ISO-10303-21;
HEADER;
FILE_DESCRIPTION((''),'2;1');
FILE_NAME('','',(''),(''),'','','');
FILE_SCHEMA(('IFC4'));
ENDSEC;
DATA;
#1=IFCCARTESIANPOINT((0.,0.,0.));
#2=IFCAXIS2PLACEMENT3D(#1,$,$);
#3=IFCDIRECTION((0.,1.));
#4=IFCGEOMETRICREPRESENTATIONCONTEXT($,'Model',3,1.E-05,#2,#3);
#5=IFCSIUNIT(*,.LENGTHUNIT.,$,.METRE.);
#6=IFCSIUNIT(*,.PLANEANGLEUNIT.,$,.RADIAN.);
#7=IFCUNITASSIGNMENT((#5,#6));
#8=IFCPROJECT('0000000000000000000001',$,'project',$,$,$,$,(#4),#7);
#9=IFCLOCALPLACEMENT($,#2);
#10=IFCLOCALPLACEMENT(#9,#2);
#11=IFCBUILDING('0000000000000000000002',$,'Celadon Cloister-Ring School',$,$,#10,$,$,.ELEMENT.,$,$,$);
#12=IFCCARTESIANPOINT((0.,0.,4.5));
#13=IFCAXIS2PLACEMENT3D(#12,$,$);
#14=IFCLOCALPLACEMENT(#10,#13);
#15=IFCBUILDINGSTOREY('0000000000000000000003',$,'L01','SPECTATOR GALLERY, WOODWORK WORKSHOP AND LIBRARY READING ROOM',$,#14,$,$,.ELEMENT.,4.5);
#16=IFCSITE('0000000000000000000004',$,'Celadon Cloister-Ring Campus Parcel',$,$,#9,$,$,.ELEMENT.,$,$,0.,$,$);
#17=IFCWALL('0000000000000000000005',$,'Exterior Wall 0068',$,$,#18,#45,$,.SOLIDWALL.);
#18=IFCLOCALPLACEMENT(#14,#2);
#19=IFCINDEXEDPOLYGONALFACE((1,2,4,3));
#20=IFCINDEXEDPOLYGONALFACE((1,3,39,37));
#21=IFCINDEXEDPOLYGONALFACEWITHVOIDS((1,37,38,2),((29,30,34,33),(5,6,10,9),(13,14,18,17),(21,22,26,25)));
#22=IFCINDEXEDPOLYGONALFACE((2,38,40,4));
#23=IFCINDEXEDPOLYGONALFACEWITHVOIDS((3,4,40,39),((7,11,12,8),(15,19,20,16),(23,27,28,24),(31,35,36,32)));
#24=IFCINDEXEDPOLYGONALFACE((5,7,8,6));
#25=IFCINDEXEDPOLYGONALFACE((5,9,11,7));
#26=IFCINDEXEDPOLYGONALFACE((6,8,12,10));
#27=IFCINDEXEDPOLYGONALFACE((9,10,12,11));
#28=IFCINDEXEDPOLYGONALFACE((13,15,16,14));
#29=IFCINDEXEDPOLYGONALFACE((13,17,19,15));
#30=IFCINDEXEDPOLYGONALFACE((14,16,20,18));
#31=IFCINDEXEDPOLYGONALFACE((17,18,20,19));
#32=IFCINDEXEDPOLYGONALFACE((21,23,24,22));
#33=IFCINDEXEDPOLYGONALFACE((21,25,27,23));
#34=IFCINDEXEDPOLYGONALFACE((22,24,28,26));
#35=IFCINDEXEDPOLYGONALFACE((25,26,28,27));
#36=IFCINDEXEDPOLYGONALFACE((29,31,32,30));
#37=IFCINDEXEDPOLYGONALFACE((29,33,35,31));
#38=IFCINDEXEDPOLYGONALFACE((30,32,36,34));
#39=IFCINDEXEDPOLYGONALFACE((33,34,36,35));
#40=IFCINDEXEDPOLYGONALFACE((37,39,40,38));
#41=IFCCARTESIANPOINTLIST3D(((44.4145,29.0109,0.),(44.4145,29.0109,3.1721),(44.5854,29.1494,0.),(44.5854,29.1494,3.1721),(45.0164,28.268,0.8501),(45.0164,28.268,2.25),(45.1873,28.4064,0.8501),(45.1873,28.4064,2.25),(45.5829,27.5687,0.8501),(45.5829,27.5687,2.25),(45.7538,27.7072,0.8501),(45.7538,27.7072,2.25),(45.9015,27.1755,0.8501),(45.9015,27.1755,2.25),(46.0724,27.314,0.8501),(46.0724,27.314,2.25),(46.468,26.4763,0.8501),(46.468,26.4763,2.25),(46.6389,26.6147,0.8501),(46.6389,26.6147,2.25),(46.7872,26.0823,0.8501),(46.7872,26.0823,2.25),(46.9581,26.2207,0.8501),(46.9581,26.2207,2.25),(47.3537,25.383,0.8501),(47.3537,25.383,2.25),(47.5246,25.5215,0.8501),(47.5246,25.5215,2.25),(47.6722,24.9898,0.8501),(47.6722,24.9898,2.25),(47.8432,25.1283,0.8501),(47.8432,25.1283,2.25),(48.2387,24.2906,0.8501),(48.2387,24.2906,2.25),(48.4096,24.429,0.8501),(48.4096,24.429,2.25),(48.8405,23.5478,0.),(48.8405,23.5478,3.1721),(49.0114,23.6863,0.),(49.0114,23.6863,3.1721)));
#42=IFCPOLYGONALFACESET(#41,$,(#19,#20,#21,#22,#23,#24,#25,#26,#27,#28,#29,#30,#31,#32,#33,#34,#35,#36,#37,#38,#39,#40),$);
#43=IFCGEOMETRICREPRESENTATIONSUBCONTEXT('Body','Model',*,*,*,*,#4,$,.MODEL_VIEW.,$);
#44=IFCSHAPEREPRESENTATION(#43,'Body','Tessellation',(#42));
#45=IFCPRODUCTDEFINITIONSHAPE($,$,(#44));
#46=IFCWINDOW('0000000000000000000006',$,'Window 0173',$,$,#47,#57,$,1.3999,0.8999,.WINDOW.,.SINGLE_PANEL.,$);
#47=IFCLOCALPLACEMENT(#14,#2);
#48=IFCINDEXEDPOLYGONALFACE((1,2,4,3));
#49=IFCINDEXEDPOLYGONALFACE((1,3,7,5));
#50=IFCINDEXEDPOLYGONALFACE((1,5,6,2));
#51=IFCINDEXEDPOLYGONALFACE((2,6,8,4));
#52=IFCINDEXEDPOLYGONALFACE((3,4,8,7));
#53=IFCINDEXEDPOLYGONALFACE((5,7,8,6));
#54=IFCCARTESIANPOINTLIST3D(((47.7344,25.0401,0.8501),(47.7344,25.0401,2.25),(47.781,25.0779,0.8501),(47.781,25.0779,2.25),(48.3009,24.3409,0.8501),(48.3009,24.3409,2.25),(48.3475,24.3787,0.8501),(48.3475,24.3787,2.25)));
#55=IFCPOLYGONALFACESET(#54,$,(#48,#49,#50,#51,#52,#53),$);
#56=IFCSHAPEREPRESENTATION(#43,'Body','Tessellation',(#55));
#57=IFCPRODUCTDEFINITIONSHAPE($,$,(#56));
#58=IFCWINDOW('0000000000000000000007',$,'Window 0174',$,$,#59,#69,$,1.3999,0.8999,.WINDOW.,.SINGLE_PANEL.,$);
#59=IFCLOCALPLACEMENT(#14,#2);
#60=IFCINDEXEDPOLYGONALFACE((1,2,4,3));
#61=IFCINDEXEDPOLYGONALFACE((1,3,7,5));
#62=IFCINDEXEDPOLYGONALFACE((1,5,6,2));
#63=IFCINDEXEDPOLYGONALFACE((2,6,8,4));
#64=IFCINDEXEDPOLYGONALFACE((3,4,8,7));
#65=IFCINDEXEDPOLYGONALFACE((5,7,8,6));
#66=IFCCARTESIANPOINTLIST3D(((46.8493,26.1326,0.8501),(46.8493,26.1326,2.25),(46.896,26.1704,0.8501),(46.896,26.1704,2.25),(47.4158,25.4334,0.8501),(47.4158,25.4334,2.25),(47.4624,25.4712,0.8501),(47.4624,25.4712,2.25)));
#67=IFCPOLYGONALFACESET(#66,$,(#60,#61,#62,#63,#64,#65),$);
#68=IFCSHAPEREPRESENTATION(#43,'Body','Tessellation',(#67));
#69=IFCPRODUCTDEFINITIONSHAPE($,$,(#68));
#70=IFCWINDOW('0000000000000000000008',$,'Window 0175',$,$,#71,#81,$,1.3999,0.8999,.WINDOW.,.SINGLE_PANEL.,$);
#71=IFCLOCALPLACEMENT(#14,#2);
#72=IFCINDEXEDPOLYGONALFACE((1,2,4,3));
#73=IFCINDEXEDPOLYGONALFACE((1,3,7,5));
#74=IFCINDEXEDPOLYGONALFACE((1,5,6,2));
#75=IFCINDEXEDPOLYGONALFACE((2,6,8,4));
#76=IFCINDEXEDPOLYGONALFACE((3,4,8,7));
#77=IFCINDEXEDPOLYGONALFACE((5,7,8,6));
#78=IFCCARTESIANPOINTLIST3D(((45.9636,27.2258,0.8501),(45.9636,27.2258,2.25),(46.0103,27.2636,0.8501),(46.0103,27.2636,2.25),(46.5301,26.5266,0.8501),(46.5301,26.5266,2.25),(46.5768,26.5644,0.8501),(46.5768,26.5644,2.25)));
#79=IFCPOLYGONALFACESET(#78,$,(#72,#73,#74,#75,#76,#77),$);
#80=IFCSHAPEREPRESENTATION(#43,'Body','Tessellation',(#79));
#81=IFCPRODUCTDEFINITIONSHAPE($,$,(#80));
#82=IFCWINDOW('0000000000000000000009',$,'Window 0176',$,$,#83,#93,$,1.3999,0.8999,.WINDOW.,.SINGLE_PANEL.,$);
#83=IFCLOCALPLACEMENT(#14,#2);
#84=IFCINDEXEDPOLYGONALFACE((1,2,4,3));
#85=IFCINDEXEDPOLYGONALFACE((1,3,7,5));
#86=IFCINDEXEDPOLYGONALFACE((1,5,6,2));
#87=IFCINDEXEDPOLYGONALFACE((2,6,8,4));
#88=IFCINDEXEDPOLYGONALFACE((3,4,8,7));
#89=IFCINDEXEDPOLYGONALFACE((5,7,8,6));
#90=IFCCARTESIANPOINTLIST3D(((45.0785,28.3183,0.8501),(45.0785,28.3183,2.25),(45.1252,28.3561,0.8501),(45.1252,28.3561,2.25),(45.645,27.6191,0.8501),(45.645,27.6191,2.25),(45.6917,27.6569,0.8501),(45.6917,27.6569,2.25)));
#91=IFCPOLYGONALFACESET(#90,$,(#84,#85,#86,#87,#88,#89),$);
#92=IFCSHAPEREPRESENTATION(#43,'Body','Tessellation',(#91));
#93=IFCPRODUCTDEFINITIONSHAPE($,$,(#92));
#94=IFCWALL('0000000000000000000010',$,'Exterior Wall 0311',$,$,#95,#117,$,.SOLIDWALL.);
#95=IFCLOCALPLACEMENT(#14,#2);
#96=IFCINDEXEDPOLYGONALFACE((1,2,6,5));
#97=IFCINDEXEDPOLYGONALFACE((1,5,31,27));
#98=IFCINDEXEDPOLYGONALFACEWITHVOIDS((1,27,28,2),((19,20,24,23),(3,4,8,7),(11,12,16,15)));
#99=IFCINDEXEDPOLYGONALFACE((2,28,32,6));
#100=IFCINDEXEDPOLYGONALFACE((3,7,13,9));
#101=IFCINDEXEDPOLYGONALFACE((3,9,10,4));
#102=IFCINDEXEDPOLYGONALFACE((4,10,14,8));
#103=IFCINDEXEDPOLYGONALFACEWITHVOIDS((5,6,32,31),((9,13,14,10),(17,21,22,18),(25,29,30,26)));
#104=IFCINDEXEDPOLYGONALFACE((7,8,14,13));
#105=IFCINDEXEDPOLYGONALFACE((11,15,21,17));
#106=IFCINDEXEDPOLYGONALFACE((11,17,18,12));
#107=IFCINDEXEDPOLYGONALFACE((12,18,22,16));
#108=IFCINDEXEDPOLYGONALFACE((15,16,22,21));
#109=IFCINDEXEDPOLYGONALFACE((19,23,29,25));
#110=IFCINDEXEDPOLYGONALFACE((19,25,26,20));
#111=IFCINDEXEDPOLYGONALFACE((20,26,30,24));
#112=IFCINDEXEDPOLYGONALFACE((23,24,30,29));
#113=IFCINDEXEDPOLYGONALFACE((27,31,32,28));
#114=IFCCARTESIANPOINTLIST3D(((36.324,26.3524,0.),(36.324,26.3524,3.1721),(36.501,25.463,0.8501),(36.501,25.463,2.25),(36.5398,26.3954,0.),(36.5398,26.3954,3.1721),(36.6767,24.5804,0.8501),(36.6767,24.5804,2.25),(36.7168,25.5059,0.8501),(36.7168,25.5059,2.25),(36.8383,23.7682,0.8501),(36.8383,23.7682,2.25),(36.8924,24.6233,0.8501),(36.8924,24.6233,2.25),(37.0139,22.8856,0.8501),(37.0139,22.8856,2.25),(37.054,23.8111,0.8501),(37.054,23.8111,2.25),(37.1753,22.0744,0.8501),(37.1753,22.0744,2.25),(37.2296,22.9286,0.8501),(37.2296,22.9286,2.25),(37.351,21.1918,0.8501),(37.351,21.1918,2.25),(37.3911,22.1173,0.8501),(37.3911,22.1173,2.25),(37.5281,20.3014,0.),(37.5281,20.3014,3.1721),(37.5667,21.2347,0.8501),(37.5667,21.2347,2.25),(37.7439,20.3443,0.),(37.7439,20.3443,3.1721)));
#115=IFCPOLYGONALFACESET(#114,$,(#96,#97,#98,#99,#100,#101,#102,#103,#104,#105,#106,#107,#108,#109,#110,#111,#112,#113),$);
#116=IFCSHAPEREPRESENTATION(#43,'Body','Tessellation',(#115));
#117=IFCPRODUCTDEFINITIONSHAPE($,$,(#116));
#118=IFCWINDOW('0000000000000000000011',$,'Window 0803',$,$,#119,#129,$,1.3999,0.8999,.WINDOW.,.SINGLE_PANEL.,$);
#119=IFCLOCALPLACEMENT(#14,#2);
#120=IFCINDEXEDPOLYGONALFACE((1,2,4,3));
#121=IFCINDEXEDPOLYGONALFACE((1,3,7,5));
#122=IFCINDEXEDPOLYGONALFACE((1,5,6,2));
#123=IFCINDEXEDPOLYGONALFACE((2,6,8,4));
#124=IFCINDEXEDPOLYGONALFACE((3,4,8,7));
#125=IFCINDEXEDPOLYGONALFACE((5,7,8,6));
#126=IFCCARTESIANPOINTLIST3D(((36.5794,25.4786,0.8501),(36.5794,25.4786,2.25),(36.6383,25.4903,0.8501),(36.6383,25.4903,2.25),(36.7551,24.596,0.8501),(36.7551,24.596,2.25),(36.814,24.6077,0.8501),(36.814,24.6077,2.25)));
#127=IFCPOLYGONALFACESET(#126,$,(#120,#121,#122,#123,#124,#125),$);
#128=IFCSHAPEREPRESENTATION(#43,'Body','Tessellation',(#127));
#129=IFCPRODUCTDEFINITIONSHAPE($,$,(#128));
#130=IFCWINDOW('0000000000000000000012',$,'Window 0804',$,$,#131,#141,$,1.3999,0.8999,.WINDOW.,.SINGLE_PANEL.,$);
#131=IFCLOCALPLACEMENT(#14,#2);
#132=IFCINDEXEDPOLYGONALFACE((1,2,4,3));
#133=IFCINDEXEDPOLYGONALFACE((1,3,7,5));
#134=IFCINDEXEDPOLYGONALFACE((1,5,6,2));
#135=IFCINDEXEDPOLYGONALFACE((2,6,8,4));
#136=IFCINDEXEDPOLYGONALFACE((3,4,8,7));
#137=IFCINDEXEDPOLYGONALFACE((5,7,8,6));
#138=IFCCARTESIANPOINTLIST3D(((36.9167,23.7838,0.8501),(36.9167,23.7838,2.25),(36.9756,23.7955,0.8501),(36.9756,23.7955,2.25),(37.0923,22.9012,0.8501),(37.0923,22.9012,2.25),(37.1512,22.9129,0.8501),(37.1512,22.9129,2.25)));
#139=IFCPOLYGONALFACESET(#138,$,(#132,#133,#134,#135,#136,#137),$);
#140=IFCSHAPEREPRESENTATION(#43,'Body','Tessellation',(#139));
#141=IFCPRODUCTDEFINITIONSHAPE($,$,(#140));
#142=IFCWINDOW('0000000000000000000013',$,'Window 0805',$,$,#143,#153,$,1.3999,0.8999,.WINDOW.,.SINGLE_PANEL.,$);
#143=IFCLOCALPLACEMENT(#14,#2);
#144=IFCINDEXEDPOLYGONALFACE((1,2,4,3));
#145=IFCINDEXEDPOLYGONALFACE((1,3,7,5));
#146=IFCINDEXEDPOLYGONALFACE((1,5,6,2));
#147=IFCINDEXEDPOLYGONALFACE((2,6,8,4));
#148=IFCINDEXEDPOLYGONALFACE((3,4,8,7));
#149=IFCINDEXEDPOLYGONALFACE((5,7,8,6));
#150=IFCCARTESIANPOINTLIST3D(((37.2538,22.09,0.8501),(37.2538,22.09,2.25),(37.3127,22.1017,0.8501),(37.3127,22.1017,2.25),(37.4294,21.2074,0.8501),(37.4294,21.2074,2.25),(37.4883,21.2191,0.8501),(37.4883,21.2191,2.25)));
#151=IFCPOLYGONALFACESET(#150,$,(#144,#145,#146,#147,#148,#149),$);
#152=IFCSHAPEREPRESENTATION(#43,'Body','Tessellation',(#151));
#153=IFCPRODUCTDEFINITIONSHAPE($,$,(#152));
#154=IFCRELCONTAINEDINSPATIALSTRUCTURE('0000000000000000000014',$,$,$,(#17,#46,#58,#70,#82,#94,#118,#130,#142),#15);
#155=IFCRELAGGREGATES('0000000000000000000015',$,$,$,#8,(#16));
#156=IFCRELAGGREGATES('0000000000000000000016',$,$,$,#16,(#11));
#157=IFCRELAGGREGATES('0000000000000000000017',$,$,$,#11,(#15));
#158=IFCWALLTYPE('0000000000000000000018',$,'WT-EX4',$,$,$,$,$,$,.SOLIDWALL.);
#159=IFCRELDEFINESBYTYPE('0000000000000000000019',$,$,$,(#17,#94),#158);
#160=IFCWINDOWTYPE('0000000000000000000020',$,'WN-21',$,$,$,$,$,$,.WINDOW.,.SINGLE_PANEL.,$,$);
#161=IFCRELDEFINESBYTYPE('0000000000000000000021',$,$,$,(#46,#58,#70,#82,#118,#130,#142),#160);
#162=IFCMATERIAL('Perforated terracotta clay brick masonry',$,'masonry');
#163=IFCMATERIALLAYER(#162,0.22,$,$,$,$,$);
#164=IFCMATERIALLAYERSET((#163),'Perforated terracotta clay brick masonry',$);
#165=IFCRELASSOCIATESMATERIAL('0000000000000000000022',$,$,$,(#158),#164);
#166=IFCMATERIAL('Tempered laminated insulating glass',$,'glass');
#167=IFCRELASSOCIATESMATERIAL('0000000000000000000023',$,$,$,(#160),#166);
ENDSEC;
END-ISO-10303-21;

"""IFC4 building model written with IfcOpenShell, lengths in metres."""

from ifc_helpers import new_model, si_unit, direction, frame, frame_2d, origin, place, context, subcontext, project, spatial, rectangle, extrude, material, layer, layer_set, type_object, element, fill, save


model = new_model("IFC4")

# Units and contexts
model_context = context("Model", 3, precision=1e-05, world=origin(), true_north=direction((0.0, 1.0)))
body_context = subcontext(model_context, "Body", "Model", "MODEL_VIEW")
ifc_project = project(units=[si_unit("LENGTHUNIT", "METRE"), si_unit("PLANEANGLEUNIT", "RADIAN")], contexts=[model_context])

# Site, building, storey
site_placement = place(None, origin())
site = spatial("IfcSite", under=ifc_project, at=site_placement, Name="Celadon Cloister-Ring Campus Parcel", CompositionType="ELEMENT", RefElevation=0.0)
building_placement = place(site_placement, origin())
building = spatial("IfcBuilding", under=site, at=building_placement, Name="Celadon Cloister-Ring School", CompositionType="ELEMENT")
storey_placement = place(building_placement, frame((0.0, 0.0, 4.5)))
storey = spatial("IfcBuildingStorey", under=building, at=storey_placement, Name="L01", Description="SPECTATOR GALLERY, WOODWORK WORKSHOP AND LIBRARY READING ROOM", CompositionType="ELEMENT", Elevation=4.5)

# Walls, openings, windows
ifc_material_1 = material(Name="Perforated terracotta clay brick masonry", Category="masonry")
ifc_layer_1 = layer(ifc_material_1, 0.22)
ifc_layer_set_1 = layer_set([ifc_layer_1], Name="Perforated terracotta clay brick masonry")
wall_type = type_object("IfcWallType", Name="WT-EX4", PredefinedType="SOLIDWALL", material=ifc_layer_set_1)
ifc_material_2 = material(Name="Tempered laminated insulating glass", Category="glass")
window_type = type_object("IfcWindowType", Name="WN-21", PartitioningType="SINGLE_PANEL", PredefinedType="WINDOW", material=ifc_material_2)
wall_1_placement = place(storey_placement, frame((48.926, 23.6169, 0.0), z_axis=(0.0, 0.0, 1.0), x_axis=(-0.629498, 0.777002, 0.0)))
wall_1 = element("IfcWall", 1, at=wall_1_placement, inside=storey, type_object=wall_type, Name="Exterior Wall 0068", PredefinedType="SOLIDWALL", context=body_context, shape_type="SweptSolid", body=[
    extrude(rectangle(XDim=7.031, YDim=0.22, at=frame_2d((3.5156, 0.0))), origin(), (0.0, 0.0, 1.0), 3.1721),
])
opening_1_placement = place(wall_1_placement, frame((0.9561, 0.0, 0.8501)))
opening_1 = element("IfcOpeningElement", 2, at=opening_1_placement, cuts=wall_1, PredefinedType="OPENING", context=body_context, shape_type="SweptSolid", body=[
    extrude(rectangle(XDim=0.8999, YDim=1.3999, at=frame_2d((0.45, 0.7))), frame((0.0, 0.1201, 0.0), z_axis=(0.0, -1.0, 0.0), x_axis=(1.0, 0.0, 0.0)), (0.0, 0.0, 1.0), 0.24),
])
opening_2_placement = place(wall_1_placement, frame((2.3621, 0.0, 0.8501)))
opening_2 = element("IfcOpeningElement", 3, at=opening_2_placement, cuts=wall_1, PredefinedType="OPENING", context=body_context, shape_type="SweptSolid", body=[
    extrude(rectangle(XDim=0.8999, YDim=1.3999, at=frame_2d((0.45, 0.7))), frame((0.0, 0.1201, 0.0), z_axis=(0.0, -1.0, 0.0), x_axis=(1.0, 0.0, 0.0)), (0.0, 0.0, 1.0), 0.24),
])
opening_3_placement = place(wall_1_placement, frame((3.769, 0.0, 0.8501)))
opening_3 = element("IfcOpeningElement", 4, at=opening_3_placement, cuts=wall_1, PredefinedType="OPENING", context=body_context, shape_type="SweptSolid", body=[
    extrude(rectangle(XDim=0.8999, YDim=1.3999, at=frame_2d((0.45, 0.7))), frame((0.0, 0.1201, 0.0), z_axis=(0.0, -1.0, 0.0), x_axis=(1.0, 0.0, 0.0)), (0.0, 0.0, 1.0), 0.24),
])
opening_4_placement = place(wall_1_placement, frame((5.175, 0.0, 0.8501)))
opening_4 = element("IfcOpeningElement", 5, at=opening_4_placement, cuts=wall_1, PredefinedType="OPENING", context=body_context, shape_type="SweptSolid", body=[
    extrude(rectangle(XDim=0.8999, YDim=1.3999, at=frame_2d((0.45, 0.7))), frame((0.0, 0.1201, 0.0), z_axis=(0.0, -1.0, 0.0), x_axis=(1.0, 0.0, 0.0)), (0.0, 0.0, 1.0), 0.24),
])
window_1_placement = place(opening_1_placement, origin())
window_1 = element("IfcWindow", 6, at=window_1_placement, inside=storey, type_object=window_type, Name="Window 0173", OverallHeight=1.3999, OverallWidth=0.8999, PartitioningType="SINGLE_PANEL", PredefinedType="WINDOW", context=body_context, shape_type="SweptSolid", body=[
    extrude(rectangle(XDim=0.8999, YDim=1.3999, at=frame_2d((0.45, 0.7))), frame((0.0, 0.03, 0.0), z_axis=(0.0, -1.0, 0.0), x_axis=(1.0, 0.0, 0.0)), (0.0, 0.0, 1.0), 0.0601),
])
fill(opening_1, window_1)
window_2_placement = place(opening_2_placement, origin())
window_2 = element("IfcWindow", 7, at=window_2_placement, inside=storey, type_object=window_type, Name="Window 0174", OverallHeight=1.3999, OverallWidth=0.8999, PartitioningType="SINGLE_PANEL", PredefinedType="WINDOW", context=body_context, shape_type="SweptSolid", body=[
    extrude(rectangle(XDim=0.8999, YDim=1.3999, at=frame_2d((0.45, 0.7))), frame((0.0, 0.03, 0.0), z_axis=(0.0, -1.0, 0.0), x_axis=(1.0, 0.0, 0.0)), (0.0, 0.0, 1.0), 0.0601),
])
fill(opening_2, window_2)
window_3_placement = place(opening_3_placement, origin())
window_3 = element("IfcWindow", 8, at=window_3_placement, inside=storey, type_object=window_type, Name="Window 0175", OverallHeight=1.3999, OverallWidth=0.8999, PartitioningType="SINGLE_PANEL", PredefinedType="WINDOW", context=body_context, shape_type="SweptSolid", body=[
    extrude(rectangle(XDim=0.8999, YDim=1.3999, at=frame_2d((0.45, 0.7))), frame((0.0, 0.03, 0.0), z_axis=(0.0, -1.0, 0.0), x_axis=(1.0, 0.0, 0.0)), (0.0, 0.0, 1.0), 0.0601),
])
fill(opening_3, window_3)
window_4_placement = place(opening_4_placement, origin())
window_4 = element("IfcWindow", 9, at=window_4_placement, inside=storey, type_object=window_type, Name="Window 0176", OverallHeight=1.3999, OverallWidth=0.8999, PartitioningType="SINGLE_PANEL", PredefinedType="WINDOW", context=body_context, shape_type="SweptSolid", body=[
    extrude(rectangle(XDim=0.8999, YDim=1.3999, at=frame_2d((0.45, 0.7))), frame((0.0, 0.03, 0.0), z_axis=(0.0, -1.0, 0.0), x_axis=(1.0, 0.0, 0.0)), (0.0, 0.0, 1.0), 0.0601),
])
fill(opening_4, window_4)
wall_2_placement = place(storey_placement, frame((36.4319, 26.374, 0.0), z_axis=(0.0, 0.0, 1.0), x_axis=(0.195165, -0.98077, 0.0)))
wall_2 = element("IfcWall", 10, at=wall_2_placement, inside=storey, type_object=wall_type, Name="Exterior Wall 0311", PredefinedType="SOLIDWALL", context=body_context, shape_type="SweptSolid", body=[
    extrude(rectangle(XDim=6.1697, YDim=0.22, at=frame_2d((3.085, 0.0))), origin(), (0.0, 0.0, 1.0), 3.1721),
])
opening_5_placement = place(wall_2_placement, frame((0.907, 0.0, 0.8501)))
opening_5 = element("IfcOpeningElement", 11, at=opening_5_placement, cuts=wall_2, PredefinedType="OPENING", context=body_context, shape_type="SweptSolid", body=[
    extrude(rectangle(XDim=0.8999, YDim=1.3999, at=frame_2d((0.45, 0.7))), frame((0.0, 0.1201, 0.0), z_axis=(0.0, -1.0, 0.0), x_axis=(1.0, 0.0, 0.0)), (0.0, 0.0, 1.0), 0.24),
])
opening_6_placement = place(wall_2_placement, frame((2.635, 0.0, 0.8501)))
opening_6 = element("IfcOpeningElement", 12, at=opening_6_placement, cuts=wall_2, PredefinedType="OPENING", context=body_context, shape_type="SweptSolid", body=[
    extrude(rectangle(XDim=0.8999, YDim=1.3999, at=frame_2d((0.45, 0.7))), frame((0.0, 0.1201, 0.0), z_axis=(0.0, -1.0, 0.0), x_axis=(1.0, 0.0, 0.0)), (0.0, 0.0, 1.0), 0.24),
])
opening_7_placement = place(wall_2_placement, frame((4.3621, 0.0, 0.8501)))
opening_7 = element("IfcOpeningElement", 13, at=opening_7_placement, cuts=wall_2, PredefinedType="OPENING", context=body_context, shape_type="SweptSolid", body=[
    extrude(rectangle(XDim=0.8999, YDim=1.3999, at=frame_2d((0.45, 0.7))), frame((0.0, 0.1201, 0.0), z_axis=(0.0, -1.0, 0.0), x_axis=(1.0, 0.0, 0.0)), (0.0, 0.0, 1.0), 0.24),
])
window_5_placement = place(opening_5_placement, origin())
window_5 = element("IfcWindow", 14, at=window_5_placement, inside=storey, type_object=window_type, Name="Window 0803", OverallHeight=1.3999, OverallWidth=0.8999, PartitioningType="SINGLE_PANEL", PredefinedType="WINDOW", context=body_context, shape_type="SweptSolid", body=[
    extrude(rectangle(XDim=0.8999, YDim=1.3999, at=frame_2d((0.45, 0.7))), frame((0.0, 0.03, 0.0), z_axis=(0.0, -1.0, 0.0), x_axis=(1.0, 0.0, 0.0)), (0.0, 0.0, 1.0), 0.0601),
])
fill(opening_5, window_5)
window_6_placement = place(opening_6_placement, origin())
window_6 = element("IfcWindow", 15, at=window_6_placement, inside=storey, type_object=window_type, Name="Window 0804", OverallHeight=1.3999, OverallWidth=0.8999, PartitioningType="SINGLE_PANEL", PredefinedType="WINDOW", context=body_context, shape_type="SweptSolid", body=[
    extrude(rectangle(XDim=0.8999, YDim=1.3999, at=frame_2d((0.45, 0.7))), frame((0.0, 0.03, 0.0), z_axis=(0.0, -1.0, 0.0), x_axis=(1.0, 0.0, 0.0)), (0.0, 0.0, 1.0), 0.0601),
])
fill(opening_6, window_6)
window_7_placement = place(opening_7_placement, origin())
window_7 = element("IfcWindow", 16, at=window_7_placement, inside=storey, type_object=window_type, Name="Window 0805", OverallHeight=1.3999, OverallWidth=0.8999, PartitioningType="SINGLE_PANEL", PredefinedType="WINDOW", context=body_context, shape_type="SweptSolid", body=[
    extrude(rectangle(XDim=0.8999, YDim=1.3999, at=frame_2d((0.45, 0.7))), frame((0.0, 0.03, 0.0), z_axis=(0.0, -1.0, 0.0), x_axis=(1.0, 0.0, 0.0)), (0.0, 0.0, 1.0), 0.0601),
])
fill(opening_7, window_7)

save(model, "model.ifc")
